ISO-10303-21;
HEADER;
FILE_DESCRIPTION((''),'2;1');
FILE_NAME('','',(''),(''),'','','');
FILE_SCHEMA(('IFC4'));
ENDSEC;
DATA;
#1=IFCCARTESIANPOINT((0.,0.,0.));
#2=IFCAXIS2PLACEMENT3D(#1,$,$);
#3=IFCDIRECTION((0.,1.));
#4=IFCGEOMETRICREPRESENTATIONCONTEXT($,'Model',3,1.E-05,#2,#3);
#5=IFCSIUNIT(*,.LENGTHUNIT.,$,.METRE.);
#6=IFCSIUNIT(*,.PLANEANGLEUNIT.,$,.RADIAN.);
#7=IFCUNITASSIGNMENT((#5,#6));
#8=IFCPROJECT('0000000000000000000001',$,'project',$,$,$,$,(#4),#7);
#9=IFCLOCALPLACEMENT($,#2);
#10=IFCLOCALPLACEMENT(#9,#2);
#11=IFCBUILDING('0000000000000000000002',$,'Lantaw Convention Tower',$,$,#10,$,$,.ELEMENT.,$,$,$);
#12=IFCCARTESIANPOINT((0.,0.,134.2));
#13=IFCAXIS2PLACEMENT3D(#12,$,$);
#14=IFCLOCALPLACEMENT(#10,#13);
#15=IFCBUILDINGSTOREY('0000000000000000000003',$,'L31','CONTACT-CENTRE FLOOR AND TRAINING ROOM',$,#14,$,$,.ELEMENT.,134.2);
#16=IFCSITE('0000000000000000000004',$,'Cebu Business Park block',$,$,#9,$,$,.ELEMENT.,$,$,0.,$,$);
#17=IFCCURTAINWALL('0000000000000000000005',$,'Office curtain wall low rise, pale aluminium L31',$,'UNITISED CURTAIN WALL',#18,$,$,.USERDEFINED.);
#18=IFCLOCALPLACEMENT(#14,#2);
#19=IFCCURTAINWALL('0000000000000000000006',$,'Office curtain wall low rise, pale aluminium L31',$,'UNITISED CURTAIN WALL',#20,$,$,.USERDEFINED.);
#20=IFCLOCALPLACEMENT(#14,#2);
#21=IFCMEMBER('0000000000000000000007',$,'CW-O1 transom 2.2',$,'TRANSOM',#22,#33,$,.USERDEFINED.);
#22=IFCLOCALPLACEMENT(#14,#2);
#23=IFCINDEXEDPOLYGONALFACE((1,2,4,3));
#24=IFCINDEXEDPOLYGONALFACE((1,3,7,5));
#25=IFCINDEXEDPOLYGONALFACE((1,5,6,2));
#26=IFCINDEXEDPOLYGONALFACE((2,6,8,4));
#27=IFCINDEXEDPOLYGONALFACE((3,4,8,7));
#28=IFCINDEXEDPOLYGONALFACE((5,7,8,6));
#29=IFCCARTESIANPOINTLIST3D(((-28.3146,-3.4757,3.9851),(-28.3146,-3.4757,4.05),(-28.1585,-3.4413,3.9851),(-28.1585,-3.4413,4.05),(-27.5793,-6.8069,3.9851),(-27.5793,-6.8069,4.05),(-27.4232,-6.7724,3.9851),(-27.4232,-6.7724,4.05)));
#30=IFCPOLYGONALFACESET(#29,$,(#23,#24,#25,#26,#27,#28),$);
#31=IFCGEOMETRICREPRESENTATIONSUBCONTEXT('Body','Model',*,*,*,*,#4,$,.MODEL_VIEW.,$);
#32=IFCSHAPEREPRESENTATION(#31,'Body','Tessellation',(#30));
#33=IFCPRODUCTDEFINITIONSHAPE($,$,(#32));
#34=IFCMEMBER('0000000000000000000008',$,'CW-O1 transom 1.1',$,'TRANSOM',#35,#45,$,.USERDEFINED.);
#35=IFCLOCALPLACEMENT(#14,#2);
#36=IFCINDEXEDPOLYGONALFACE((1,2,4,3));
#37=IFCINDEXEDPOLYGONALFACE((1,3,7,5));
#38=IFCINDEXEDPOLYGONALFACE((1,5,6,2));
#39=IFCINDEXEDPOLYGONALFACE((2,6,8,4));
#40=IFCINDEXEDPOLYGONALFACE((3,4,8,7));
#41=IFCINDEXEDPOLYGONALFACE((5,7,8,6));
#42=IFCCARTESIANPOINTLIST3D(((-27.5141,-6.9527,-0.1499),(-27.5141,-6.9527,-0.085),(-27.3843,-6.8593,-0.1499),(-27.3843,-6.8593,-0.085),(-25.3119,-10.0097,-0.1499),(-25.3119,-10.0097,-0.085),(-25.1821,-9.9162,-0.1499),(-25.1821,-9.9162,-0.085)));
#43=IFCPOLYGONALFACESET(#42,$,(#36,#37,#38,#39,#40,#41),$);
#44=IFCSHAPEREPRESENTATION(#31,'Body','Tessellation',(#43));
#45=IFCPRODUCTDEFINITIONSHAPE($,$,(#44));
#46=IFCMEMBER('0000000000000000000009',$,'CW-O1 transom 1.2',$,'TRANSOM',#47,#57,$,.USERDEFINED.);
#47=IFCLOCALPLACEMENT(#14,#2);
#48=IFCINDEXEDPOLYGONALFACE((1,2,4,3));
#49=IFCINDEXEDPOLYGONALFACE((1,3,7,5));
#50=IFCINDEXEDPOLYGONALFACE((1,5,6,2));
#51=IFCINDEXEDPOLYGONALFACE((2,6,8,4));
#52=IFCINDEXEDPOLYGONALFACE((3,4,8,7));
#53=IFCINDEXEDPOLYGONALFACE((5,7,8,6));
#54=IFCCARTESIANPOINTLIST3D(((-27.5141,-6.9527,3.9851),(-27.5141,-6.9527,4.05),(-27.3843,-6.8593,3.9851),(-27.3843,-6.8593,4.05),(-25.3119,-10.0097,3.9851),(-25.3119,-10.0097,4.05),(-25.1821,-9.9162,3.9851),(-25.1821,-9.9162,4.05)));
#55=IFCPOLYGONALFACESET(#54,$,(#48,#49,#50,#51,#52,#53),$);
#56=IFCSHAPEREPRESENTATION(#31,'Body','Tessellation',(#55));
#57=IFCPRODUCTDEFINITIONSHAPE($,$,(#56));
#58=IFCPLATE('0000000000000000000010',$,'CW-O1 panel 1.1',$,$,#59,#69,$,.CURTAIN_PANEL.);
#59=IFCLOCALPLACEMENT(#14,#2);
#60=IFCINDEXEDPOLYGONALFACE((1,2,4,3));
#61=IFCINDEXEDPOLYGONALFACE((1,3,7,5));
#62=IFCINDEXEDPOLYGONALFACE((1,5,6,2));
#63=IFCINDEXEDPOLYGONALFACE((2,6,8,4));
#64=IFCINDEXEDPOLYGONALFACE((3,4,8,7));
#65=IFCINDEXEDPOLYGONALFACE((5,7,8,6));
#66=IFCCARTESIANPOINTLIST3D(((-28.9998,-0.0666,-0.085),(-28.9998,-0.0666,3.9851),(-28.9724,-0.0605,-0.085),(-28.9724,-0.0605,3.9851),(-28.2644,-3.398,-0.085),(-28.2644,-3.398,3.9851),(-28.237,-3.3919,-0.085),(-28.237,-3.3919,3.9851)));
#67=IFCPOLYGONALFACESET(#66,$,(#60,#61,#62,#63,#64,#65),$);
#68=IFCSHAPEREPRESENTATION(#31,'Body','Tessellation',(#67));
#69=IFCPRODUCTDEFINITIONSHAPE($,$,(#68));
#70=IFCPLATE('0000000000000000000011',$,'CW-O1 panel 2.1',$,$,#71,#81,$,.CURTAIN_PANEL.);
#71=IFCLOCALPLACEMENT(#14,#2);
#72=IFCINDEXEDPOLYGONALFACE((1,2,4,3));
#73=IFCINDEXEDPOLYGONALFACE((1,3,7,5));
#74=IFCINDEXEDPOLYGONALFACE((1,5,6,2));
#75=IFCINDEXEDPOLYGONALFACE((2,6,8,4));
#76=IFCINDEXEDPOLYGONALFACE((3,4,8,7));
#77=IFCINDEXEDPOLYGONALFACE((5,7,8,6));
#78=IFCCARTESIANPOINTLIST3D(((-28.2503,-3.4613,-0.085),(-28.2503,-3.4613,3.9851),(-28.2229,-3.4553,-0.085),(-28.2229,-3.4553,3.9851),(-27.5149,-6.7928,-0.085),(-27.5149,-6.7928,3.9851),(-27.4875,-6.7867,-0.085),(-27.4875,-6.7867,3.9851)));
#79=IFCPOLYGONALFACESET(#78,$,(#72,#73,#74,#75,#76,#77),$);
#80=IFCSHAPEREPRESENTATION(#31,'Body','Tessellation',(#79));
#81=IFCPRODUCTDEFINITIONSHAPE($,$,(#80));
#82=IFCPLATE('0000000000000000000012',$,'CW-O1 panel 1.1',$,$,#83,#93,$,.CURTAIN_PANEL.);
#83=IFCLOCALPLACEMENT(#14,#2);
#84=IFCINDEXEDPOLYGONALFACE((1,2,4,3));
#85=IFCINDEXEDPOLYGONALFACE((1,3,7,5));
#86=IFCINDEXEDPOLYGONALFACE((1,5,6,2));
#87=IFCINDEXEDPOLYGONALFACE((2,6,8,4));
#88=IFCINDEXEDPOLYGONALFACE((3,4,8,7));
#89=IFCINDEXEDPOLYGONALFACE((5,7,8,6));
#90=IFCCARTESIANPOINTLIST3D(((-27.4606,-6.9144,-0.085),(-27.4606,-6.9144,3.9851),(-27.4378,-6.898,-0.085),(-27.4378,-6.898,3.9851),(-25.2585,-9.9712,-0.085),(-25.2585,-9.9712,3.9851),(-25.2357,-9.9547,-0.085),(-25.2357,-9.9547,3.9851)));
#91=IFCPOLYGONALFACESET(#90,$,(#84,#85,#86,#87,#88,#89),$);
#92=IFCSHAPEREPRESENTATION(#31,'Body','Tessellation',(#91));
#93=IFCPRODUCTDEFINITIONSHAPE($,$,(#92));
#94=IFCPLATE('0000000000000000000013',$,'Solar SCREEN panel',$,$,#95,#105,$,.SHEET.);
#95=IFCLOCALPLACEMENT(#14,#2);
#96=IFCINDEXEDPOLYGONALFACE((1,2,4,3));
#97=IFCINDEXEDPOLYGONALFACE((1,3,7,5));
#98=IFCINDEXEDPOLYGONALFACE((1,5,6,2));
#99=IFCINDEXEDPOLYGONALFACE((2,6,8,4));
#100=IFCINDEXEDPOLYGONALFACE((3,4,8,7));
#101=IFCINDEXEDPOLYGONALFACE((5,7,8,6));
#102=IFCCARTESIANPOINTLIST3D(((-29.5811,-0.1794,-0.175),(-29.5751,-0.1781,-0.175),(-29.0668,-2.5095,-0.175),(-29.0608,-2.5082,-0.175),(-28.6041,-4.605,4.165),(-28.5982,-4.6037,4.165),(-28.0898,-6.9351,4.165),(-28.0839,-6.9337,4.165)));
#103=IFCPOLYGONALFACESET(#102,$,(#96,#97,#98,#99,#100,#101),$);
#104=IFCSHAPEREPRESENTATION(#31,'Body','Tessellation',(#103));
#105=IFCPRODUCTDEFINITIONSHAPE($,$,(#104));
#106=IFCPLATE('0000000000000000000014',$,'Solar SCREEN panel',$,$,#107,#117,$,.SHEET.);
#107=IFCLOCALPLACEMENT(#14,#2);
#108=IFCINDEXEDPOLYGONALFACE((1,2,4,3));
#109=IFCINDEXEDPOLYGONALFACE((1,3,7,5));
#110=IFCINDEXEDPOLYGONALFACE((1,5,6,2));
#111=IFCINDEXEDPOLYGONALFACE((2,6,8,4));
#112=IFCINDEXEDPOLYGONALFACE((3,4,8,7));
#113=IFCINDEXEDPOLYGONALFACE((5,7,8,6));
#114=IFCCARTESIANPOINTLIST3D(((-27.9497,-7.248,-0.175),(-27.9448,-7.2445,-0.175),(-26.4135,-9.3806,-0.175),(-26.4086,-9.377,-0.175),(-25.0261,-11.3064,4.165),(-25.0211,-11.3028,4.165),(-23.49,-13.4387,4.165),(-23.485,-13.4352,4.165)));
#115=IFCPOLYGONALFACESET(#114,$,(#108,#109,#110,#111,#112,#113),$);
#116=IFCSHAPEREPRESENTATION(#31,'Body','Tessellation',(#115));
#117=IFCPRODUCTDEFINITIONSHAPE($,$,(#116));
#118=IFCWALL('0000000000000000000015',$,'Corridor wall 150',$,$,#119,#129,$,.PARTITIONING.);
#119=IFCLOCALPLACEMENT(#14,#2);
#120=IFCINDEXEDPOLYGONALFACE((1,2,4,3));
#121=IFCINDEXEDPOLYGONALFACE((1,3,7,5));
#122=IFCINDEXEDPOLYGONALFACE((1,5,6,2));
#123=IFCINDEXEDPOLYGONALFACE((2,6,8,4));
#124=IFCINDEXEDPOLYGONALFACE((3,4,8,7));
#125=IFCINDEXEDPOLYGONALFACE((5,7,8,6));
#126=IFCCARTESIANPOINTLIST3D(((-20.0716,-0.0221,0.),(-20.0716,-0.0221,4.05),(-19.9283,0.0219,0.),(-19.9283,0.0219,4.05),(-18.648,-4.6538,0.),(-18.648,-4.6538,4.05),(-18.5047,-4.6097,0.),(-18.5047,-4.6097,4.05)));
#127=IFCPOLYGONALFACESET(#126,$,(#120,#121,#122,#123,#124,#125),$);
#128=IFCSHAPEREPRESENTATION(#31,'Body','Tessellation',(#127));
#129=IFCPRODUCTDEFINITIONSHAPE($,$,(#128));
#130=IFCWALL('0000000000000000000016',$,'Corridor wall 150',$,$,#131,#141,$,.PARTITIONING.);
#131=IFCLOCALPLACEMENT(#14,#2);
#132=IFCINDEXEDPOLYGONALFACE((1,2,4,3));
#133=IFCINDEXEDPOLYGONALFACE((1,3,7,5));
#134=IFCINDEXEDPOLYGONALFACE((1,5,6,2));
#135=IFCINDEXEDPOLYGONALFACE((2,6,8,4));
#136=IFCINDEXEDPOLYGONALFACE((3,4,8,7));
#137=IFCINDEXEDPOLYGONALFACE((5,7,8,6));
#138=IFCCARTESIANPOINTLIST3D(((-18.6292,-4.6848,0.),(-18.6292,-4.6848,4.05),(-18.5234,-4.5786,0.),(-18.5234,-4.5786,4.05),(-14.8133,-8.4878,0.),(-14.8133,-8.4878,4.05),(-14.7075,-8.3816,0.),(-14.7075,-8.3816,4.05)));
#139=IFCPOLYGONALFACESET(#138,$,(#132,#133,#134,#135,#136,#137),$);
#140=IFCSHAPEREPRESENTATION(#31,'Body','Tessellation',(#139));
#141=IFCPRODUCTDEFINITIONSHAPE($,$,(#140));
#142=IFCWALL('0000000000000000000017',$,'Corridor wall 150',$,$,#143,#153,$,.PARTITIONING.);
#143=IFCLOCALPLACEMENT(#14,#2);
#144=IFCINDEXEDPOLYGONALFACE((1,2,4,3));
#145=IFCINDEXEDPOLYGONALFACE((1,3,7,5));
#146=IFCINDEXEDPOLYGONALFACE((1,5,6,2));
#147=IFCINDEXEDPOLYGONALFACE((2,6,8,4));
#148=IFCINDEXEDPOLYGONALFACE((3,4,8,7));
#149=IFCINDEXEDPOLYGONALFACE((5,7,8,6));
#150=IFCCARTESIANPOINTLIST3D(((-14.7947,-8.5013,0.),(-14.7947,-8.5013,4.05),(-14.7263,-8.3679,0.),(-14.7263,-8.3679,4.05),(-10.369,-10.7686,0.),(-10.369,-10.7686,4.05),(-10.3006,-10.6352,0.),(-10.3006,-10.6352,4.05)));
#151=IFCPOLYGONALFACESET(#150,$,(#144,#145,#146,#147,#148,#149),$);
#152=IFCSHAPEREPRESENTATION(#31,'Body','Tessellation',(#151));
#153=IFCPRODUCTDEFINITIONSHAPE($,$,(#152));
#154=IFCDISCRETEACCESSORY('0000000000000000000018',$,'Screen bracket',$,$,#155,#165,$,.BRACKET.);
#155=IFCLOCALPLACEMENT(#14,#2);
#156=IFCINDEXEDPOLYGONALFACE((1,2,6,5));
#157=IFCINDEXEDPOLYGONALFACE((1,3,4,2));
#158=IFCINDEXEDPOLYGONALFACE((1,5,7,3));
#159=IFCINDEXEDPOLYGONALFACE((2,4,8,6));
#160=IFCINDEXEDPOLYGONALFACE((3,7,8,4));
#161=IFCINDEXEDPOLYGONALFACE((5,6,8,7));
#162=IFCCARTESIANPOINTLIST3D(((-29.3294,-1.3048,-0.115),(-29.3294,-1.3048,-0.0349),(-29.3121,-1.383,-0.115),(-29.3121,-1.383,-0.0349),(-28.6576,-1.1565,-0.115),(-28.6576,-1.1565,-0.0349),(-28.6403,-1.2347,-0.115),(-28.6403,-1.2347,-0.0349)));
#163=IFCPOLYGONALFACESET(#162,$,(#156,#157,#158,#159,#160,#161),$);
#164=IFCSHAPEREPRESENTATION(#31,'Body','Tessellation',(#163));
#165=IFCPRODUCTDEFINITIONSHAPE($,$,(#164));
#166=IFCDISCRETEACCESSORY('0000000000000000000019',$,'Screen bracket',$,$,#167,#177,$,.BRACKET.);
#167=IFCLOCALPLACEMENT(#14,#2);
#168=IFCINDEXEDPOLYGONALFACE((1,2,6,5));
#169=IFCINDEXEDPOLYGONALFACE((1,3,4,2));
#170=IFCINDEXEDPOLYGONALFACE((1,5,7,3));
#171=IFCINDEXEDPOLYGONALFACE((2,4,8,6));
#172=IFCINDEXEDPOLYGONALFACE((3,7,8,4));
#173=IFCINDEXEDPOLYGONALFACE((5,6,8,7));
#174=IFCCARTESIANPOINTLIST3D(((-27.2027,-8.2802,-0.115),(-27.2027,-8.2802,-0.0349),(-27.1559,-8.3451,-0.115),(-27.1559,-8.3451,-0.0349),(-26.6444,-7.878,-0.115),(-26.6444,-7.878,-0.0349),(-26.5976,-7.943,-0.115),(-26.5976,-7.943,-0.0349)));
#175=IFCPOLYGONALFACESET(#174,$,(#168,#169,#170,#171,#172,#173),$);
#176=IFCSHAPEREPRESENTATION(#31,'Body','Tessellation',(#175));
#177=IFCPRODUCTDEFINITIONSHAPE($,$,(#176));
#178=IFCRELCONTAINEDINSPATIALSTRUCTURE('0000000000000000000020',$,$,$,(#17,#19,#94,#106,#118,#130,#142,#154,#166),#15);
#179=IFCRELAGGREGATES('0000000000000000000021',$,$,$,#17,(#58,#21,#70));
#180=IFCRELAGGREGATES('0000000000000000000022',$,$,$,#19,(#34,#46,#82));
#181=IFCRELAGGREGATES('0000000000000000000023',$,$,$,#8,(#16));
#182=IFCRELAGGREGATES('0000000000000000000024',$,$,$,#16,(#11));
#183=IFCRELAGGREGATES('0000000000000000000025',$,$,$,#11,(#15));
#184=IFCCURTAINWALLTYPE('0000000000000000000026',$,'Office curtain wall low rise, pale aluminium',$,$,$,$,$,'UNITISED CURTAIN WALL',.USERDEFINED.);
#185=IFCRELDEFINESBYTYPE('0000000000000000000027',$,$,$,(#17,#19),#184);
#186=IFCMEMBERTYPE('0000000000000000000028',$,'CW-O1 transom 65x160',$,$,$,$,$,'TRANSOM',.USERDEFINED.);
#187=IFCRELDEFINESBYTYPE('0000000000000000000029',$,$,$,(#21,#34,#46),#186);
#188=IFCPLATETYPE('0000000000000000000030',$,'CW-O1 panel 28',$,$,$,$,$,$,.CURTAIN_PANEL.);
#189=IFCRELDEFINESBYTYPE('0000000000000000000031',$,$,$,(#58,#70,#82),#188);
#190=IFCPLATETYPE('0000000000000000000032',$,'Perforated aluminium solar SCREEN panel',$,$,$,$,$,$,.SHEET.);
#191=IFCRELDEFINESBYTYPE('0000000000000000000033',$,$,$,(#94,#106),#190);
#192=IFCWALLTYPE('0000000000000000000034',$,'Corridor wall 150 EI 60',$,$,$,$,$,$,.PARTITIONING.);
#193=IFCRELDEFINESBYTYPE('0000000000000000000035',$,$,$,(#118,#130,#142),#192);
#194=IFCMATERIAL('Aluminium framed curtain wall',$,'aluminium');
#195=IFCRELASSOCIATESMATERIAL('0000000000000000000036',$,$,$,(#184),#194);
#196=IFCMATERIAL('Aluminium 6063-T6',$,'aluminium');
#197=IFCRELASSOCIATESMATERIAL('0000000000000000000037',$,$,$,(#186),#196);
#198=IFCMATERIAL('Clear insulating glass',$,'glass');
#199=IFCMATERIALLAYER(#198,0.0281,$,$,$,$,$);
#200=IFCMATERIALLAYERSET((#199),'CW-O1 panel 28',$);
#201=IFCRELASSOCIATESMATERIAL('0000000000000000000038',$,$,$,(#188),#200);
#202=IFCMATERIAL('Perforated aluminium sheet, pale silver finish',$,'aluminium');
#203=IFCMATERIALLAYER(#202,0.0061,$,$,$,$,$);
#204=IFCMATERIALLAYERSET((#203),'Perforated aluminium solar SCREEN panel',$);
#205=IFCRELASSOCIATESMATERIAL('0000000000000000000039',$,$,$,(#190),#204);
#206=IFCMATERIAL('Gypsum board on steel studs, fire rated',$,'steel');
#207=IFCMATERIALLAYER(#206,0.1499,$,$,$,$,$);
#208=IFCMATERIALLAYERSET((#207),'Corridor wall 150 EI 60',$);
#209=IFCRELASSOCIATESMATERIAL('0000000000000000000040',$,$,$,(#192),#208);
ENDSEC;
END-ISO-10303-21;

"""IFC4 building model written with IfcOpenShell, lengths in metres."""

from ifc_helpers import new_model, si_unit, direction, frame, frame_2d, origin, origin_2d, place, context, subcontext, project, spatial, polyline, rectangle, outline, extrude, material, layer, layer_set, material_profile, profile_set, type_object, element, aggregate, save


model = new_model("IFC4")

# Units and contexts
model_context = context("Model", 3, precision=1e-05, world=origin(), true_north=direction((0.0, 1.0)))
body_context = subcontext(model_context, "Body", "Model", "MODEL_VIEW")
ifc_project = project(units=[si_unit("LENGTHUNIT", "METRE"), si_unit("PLANEANGLEUNIT", "RADIAN")], contexts=[model_context])

# Site, building, storey
site_placement = place(None, origin())
site = spatial("IfcSite", under=ifc_project, at=site_placement, Name="Cebu Business Park block", CompositionType="ELEMENT", RefElevation=0.0)
building_placement = place(site_placement, origin())
building = spatial("IfcBuilding", under=site, at=building_placement, Name="Lantaw Convention Tower", CompositionType="ELEMENT")
storey_placement = place(building_placement, frame((0.0, 0.0, 134.2)))
storey = spatial("IfcBuildingStorey", under=building, at=storey_placement, Name="L31", Description="CONTACT-CENTRE FLOOR AND TRAINING ROOM", CompositionType="ELEMENT", Elevation=134.2)

# Curtain wall
ifc_material_1 = material(Name="Aluminium framed curtain wall", Category="aluminium")
curtain_wall_type = type_object("IfcCurtainWallType", Name="Office curtain wall low rise, pale aluminium", ElementType="UNITISED CURTAIN WALL", PredefinedType="USERDEFINED", material=ifc_material_1)
curtain_wall_1_placement = place(storey_placement, origin())
curtain_wall_1 = element("IfcCurtainWall", 1, at=curtain_wall_1_placement, inside=storey, type_object=curtain_wall_type, Name="Office curtain wall low rise, pale aluminium L31", ObjectType="UNITISED CURTAIN WALL", PredefinedType="USERDEFINED")
ifc_material_2 = material(Name="Aluminium 6063-T6", Category="aluminium")

# Curtain wall
curtain_wall_2_placement = place(storey_placement, origin())
curtain_wall_2 = element("IfcCurtainWall", 2, at=curtain_wall_2_placement, inside=storey, type_object=curtain_wall_type, Name="Office curtain wall low rise, pale aluminium L31", ObjectType="UNITISED CURTAIN WALL", PredefinedType="USERDEFINED")

# Members
ifc_material_profile_1 = material_profile(ifc_material_2, rectangle(XDim=0.1599, YDim=0.0649, at=origin_2d()), Name="CW-O1 transom 65x160")
ifc_profile_set_1 = profile_set([ifc_material_profile_1], Name="Aluminium 6063-T6")
member_type_1 = type_object("IfcMemberType", Name="CW-O1 transom 65x160", ElementType="TRANSOM", PredefinedType="USERDEFINED", material=ifc_profile_set_1)
member_1_placement = place(storey_placement, frame((-28.2366, -3.4585, 4.0176), z_axis=(0.215551, -0.976493, 0.0), x_axis=(0.976493, 0.215551, 0.0)))
member_1 = element("IfcMember", 3, at=member_1_placement, type_object=member_type_1, Name="CW-O1 transom 2.2", ObjectType="TRANSOM", PredefinedType="USERDEFINED", context=body_context, shape_type="SweptSolid", body=[
    extrude(rectangle(XDim=0.1599, YDim=0.0649, at=origin_2d()), origin(), (0.0, 0.0, 1.0), 3.4114),
])
member_2_placement = place(storey_placement, frame((-27.4492, -6.906, -0.1174), z_axis=(0.584513, -0.811384, 0.0), x_axis=(0.811384, 0.584513, 0.0)))
member_2 = element("IfcMember", 4, at=member_2_placement, type_object=member_type_1, Name="CW-O1 transom 1.1", ObjectType="TRANSOM", PredefinedType="USERDEFINED", context=body_context, shape_type="SweptSolid", body=[
    extrude(rectangle(XDim=0.1599, YDim=0.0649, at=origin_2d()), origin(), (0.0, 0.0, 1.0), 3.7676),
])
member_3_placement = place(storey_placement, frame((-27.4492, -6.906, 4.0176), z_axis=(0.584513, -0.811384, 0.0), x_axis=(0.811384, 0.584513, 0.0)))
member_3 = element("IfcMember", 5, at=member_3_placement, type_object=member_type_1, Name="CW-O1 transom 1.2", ObjectType="TRANSOM", PredefinedType="USERDEFINED", context=body_context, shape_type="SweptSolid", body=[
    extrude(rectangle(XDim=0.1599, YDim=0.0649, at=origin_2d()), origin(), (0.0, 0.0, 1.0), 3.7676),
])

# Plates
ifc_material_3 = material(Name="Clear insulating glass", Category="glass")
ifc_layer_1 = layer(ifc_material_3, 0.0281)
ifc_layer_set_1 = layer_set([ifc_layer_1], Name="CW-O1 panel 28")
plate_type_1 = type_object("IfcPlateType", Name="CW-O1 panel 28", PredefinedType="CURTAIN_PANEL", material=ifc_layer_set_1)
plate_1_placement = place(storey_placement, frame((-28.6184, -1.7292, -0.085), z_axis=(0.0, 0.0, 1.0), x_axis=(0.215546, -0.976494, 0.0)))
plate_1 = element("IfcPlate", 6, at=plate_1_placement, type_object=plate_type_1, Name="CW-O1 panel 1.1", PredefinedType="CURTAIN_PANEL", context=body_context, shape_type="SweptSolid", body=[
    extrude(rectangle(XDim=3.4116, YDim=0.0281, at=origin_2d()), origin(), (0.0, 0.0, 1.0), 4.0701),
])
plate_2_placement = place(storey_placement, frame((-27.8689, -5.124, -0.085), z_axis=(0.0, 0.0, 1.0), x_axis=(0.215546, -0.976494, 0.0)))
plate_2 = element("IfcPlate", 7, at=plate_2_placement, type_object=plate_type_1, Name="CW-O1 panel 2.1", PredefinedType="CURTAIN_PANEL", context=body_context, shape_type="SweptSolid", body=[
    extrude(rectangle(XDim=3.4116, YDim=0.0281, at=origin_2d()), origin(), (0.0, 0.0, 1.0), 4.0701),
])
aggregate(curtain_wall_1, [plate_1, member_1, plate_2])
plate_3_placement = place(storey_placement, frame((-26.3481, -8.4346, -0.085), z_axis=(0.0, 0.0, 1.0), x_axis=(0.584513, -0.811385, 0.0)))
plate_3 = element("IfcPlate", 8, at=plate_3_placement, type_object=plate_type_1, Name="CW-O1 panel 1.1", PredefinedType="CURTAIN_PANEL", context=body_context, shape_type="SweptSolid", body=[
    extrude(rectangle(XDim=3.7673, YDim=0.0281, at=origin_2d()), origin(), (0.0, 0.0, 1.0), 4.0701),
])
aggregate(curtain_wall_2, [member_2, member_3, plate_3])

# Plates
ifc_material_4 = material(Name="Perforated aluminium sheet, pale silver finish", Category="aluminium")
ifc_layer_2 = layer(ifc_material_4, 0.0061)
ifc_layer_set_2 = layer_set([ifc_layer_2], Name="Perforated aluminium solar SCREEN panel")
plate_type_2 = type_object("IfcPlateType", Name="Perforated aluminium solar SCREEN panel", PredefinedType="SHEET", material=ifc_layer_set_2)
plate_4_placement = place(storey_placement, frame((-29.5811, -0.1794, -0.175), z_axis=(-0.976498, -0.215527, 0.000033), x_axis=(0.215527, -0.976498, 0.0)))
element("IfcPlate", 9, at=plate_4_placement, inside=storey, type_object=plate_type_2, Name="Solar SCREEN panel", PredefinedType="SHEET", context=body_context, shape_type="SweptSolid", body=[
    extrude(outline(polyline([(0.0, 0.0), (2.3862, 0.0), (6.9182, 4.3401), (4.5321, 4.3401), (0.0, 0.0)])), origin(), (0.0, 0.0, -1.0), 0.0061),
])
plate_5_placement = place(storey_placement, frame((-27.9497, -7.248, -0.175), z_axis=(-0.811395, -0.584498, 0.000036), x_axis=(0.584498, -0.811395, 0.0)))
element("IfcPlate", 10, at=plate_5_placement, inside=storey, type_object=plate_type_2, Name="Solar SCREEN panel", PredefinedType="SHEET", context=body_context, shape_type="SweptSolid", body=[
    extrude(outline(polyline([(0.0, 0.0), (2.6282, 0.0), (7.6298, 4.3401), (5.0018, 4.3401), (0.0, 0.0)])), origin(), (0.0, 0.0, -1.0), 0.0061),
])

# Walls
ifc_material_5 = material(Name="Gypsum board on steel studs, fire rated", Category="steel")
ifc_layer_3 = layer(ifc_material_5, 0.1499)
ifc_layer_set_3 = layer_set([ifc_layer_3], Name="Corridor wall 150 EI 60")
wall_type = type_object("IfcWallType", Name="Corridor wall 150 EI 60", PredefinedType="PARTITIONING", material=ifc_layer_set_3)
wall_1_placement = place(storey_placement, frame((-20.0, 0.0, 0.0), z_axis=(0.0, 0.0, 1.0), x_axis=(0.293799, -0.955867, 0.0)))
element("IfcWall", 11, at=wall_1_placement, inside=storey, type_object=wall_type, Name="Corridor wall 150", PredefinedType="PARTITIONING", context=body_context, shape_type="SweptSolid", body=[
    extrude(rectangle(XDim=4.8455, YDim=0.1499, at=frame_2d((2.4229, 0.0))), origin(), (0.0, 0.0, 1.0), 4.05),
])
wall_2_placement = place(storey_placement, frame((-18.5764, -4.6316, 0.0), z_axis=(0.0, 0.0, 1.0), x_axis=(0.708307, -0.705905, 0.0)))
element("IfcWall", 12, at=wall_2_placement, inside=storey, type_object=wall_type, Name="Corridor wall 150", PredefinedType="PARTITIONING", context=body_context, shape_type="SweptSolid", body=[
    extrude(rectangle(XDim=5.3875, YDim=0.1499, at=frame_2d((2.6938, 0.0))), origin(), (0.0, 0.0, 1.0), 4.05),
])
wall_3_placement = place(storey_placement, frame((-14.7605, -8.4346, 0.0), z_axis=(0.0, 0.0, 1.0), x_axis=(0.890005, -0.455951, 0.0)))
element("IfcWall", 13, at=wall_3_placement, inside=storey, type_object=wall_type, Name="Corridor wall 150", PredefinedType="PARTITIONING", context=body_context, shape_type="SweptSolid", body=[
    extrude(rectangle(XDim=4.9727, YDim=0.1499, at=frame_2d((2.4863, 0.0))), origin(), (0.0, 0.0, 1.0), 4.05),
])

# Discrete accessories
for number, where, z_axis, x_axis, name in (
    (14, (-28.9849, -1.2698, -0.115), (0.0, 0.0, 1.0), (0.215546, -0.976494, 0.0), "Screen bracket"),
    (15, (-26.9001, -8.1116, -0.115), (0.0, 0.0, 1.0), (0.584513, -0.811385, 0.0), "Screen bracket"),
):
    element("IfcDiscreteAccessory", number, at=place(storey_placement, frame(where, z_axis=z_axis, x_axis=x_axis)), inside=storey, Name=name, PredefinedType="BRACKET", context=body_context, shape_type="SweptSolid", body=[
        extrude(rectangle(XDim=0.0801, YDim=0.688, at=origin_2d()), origin(), (0.0, 0.0, 1.0), 0.0801),
    ])

save(model, "model.ifc")
